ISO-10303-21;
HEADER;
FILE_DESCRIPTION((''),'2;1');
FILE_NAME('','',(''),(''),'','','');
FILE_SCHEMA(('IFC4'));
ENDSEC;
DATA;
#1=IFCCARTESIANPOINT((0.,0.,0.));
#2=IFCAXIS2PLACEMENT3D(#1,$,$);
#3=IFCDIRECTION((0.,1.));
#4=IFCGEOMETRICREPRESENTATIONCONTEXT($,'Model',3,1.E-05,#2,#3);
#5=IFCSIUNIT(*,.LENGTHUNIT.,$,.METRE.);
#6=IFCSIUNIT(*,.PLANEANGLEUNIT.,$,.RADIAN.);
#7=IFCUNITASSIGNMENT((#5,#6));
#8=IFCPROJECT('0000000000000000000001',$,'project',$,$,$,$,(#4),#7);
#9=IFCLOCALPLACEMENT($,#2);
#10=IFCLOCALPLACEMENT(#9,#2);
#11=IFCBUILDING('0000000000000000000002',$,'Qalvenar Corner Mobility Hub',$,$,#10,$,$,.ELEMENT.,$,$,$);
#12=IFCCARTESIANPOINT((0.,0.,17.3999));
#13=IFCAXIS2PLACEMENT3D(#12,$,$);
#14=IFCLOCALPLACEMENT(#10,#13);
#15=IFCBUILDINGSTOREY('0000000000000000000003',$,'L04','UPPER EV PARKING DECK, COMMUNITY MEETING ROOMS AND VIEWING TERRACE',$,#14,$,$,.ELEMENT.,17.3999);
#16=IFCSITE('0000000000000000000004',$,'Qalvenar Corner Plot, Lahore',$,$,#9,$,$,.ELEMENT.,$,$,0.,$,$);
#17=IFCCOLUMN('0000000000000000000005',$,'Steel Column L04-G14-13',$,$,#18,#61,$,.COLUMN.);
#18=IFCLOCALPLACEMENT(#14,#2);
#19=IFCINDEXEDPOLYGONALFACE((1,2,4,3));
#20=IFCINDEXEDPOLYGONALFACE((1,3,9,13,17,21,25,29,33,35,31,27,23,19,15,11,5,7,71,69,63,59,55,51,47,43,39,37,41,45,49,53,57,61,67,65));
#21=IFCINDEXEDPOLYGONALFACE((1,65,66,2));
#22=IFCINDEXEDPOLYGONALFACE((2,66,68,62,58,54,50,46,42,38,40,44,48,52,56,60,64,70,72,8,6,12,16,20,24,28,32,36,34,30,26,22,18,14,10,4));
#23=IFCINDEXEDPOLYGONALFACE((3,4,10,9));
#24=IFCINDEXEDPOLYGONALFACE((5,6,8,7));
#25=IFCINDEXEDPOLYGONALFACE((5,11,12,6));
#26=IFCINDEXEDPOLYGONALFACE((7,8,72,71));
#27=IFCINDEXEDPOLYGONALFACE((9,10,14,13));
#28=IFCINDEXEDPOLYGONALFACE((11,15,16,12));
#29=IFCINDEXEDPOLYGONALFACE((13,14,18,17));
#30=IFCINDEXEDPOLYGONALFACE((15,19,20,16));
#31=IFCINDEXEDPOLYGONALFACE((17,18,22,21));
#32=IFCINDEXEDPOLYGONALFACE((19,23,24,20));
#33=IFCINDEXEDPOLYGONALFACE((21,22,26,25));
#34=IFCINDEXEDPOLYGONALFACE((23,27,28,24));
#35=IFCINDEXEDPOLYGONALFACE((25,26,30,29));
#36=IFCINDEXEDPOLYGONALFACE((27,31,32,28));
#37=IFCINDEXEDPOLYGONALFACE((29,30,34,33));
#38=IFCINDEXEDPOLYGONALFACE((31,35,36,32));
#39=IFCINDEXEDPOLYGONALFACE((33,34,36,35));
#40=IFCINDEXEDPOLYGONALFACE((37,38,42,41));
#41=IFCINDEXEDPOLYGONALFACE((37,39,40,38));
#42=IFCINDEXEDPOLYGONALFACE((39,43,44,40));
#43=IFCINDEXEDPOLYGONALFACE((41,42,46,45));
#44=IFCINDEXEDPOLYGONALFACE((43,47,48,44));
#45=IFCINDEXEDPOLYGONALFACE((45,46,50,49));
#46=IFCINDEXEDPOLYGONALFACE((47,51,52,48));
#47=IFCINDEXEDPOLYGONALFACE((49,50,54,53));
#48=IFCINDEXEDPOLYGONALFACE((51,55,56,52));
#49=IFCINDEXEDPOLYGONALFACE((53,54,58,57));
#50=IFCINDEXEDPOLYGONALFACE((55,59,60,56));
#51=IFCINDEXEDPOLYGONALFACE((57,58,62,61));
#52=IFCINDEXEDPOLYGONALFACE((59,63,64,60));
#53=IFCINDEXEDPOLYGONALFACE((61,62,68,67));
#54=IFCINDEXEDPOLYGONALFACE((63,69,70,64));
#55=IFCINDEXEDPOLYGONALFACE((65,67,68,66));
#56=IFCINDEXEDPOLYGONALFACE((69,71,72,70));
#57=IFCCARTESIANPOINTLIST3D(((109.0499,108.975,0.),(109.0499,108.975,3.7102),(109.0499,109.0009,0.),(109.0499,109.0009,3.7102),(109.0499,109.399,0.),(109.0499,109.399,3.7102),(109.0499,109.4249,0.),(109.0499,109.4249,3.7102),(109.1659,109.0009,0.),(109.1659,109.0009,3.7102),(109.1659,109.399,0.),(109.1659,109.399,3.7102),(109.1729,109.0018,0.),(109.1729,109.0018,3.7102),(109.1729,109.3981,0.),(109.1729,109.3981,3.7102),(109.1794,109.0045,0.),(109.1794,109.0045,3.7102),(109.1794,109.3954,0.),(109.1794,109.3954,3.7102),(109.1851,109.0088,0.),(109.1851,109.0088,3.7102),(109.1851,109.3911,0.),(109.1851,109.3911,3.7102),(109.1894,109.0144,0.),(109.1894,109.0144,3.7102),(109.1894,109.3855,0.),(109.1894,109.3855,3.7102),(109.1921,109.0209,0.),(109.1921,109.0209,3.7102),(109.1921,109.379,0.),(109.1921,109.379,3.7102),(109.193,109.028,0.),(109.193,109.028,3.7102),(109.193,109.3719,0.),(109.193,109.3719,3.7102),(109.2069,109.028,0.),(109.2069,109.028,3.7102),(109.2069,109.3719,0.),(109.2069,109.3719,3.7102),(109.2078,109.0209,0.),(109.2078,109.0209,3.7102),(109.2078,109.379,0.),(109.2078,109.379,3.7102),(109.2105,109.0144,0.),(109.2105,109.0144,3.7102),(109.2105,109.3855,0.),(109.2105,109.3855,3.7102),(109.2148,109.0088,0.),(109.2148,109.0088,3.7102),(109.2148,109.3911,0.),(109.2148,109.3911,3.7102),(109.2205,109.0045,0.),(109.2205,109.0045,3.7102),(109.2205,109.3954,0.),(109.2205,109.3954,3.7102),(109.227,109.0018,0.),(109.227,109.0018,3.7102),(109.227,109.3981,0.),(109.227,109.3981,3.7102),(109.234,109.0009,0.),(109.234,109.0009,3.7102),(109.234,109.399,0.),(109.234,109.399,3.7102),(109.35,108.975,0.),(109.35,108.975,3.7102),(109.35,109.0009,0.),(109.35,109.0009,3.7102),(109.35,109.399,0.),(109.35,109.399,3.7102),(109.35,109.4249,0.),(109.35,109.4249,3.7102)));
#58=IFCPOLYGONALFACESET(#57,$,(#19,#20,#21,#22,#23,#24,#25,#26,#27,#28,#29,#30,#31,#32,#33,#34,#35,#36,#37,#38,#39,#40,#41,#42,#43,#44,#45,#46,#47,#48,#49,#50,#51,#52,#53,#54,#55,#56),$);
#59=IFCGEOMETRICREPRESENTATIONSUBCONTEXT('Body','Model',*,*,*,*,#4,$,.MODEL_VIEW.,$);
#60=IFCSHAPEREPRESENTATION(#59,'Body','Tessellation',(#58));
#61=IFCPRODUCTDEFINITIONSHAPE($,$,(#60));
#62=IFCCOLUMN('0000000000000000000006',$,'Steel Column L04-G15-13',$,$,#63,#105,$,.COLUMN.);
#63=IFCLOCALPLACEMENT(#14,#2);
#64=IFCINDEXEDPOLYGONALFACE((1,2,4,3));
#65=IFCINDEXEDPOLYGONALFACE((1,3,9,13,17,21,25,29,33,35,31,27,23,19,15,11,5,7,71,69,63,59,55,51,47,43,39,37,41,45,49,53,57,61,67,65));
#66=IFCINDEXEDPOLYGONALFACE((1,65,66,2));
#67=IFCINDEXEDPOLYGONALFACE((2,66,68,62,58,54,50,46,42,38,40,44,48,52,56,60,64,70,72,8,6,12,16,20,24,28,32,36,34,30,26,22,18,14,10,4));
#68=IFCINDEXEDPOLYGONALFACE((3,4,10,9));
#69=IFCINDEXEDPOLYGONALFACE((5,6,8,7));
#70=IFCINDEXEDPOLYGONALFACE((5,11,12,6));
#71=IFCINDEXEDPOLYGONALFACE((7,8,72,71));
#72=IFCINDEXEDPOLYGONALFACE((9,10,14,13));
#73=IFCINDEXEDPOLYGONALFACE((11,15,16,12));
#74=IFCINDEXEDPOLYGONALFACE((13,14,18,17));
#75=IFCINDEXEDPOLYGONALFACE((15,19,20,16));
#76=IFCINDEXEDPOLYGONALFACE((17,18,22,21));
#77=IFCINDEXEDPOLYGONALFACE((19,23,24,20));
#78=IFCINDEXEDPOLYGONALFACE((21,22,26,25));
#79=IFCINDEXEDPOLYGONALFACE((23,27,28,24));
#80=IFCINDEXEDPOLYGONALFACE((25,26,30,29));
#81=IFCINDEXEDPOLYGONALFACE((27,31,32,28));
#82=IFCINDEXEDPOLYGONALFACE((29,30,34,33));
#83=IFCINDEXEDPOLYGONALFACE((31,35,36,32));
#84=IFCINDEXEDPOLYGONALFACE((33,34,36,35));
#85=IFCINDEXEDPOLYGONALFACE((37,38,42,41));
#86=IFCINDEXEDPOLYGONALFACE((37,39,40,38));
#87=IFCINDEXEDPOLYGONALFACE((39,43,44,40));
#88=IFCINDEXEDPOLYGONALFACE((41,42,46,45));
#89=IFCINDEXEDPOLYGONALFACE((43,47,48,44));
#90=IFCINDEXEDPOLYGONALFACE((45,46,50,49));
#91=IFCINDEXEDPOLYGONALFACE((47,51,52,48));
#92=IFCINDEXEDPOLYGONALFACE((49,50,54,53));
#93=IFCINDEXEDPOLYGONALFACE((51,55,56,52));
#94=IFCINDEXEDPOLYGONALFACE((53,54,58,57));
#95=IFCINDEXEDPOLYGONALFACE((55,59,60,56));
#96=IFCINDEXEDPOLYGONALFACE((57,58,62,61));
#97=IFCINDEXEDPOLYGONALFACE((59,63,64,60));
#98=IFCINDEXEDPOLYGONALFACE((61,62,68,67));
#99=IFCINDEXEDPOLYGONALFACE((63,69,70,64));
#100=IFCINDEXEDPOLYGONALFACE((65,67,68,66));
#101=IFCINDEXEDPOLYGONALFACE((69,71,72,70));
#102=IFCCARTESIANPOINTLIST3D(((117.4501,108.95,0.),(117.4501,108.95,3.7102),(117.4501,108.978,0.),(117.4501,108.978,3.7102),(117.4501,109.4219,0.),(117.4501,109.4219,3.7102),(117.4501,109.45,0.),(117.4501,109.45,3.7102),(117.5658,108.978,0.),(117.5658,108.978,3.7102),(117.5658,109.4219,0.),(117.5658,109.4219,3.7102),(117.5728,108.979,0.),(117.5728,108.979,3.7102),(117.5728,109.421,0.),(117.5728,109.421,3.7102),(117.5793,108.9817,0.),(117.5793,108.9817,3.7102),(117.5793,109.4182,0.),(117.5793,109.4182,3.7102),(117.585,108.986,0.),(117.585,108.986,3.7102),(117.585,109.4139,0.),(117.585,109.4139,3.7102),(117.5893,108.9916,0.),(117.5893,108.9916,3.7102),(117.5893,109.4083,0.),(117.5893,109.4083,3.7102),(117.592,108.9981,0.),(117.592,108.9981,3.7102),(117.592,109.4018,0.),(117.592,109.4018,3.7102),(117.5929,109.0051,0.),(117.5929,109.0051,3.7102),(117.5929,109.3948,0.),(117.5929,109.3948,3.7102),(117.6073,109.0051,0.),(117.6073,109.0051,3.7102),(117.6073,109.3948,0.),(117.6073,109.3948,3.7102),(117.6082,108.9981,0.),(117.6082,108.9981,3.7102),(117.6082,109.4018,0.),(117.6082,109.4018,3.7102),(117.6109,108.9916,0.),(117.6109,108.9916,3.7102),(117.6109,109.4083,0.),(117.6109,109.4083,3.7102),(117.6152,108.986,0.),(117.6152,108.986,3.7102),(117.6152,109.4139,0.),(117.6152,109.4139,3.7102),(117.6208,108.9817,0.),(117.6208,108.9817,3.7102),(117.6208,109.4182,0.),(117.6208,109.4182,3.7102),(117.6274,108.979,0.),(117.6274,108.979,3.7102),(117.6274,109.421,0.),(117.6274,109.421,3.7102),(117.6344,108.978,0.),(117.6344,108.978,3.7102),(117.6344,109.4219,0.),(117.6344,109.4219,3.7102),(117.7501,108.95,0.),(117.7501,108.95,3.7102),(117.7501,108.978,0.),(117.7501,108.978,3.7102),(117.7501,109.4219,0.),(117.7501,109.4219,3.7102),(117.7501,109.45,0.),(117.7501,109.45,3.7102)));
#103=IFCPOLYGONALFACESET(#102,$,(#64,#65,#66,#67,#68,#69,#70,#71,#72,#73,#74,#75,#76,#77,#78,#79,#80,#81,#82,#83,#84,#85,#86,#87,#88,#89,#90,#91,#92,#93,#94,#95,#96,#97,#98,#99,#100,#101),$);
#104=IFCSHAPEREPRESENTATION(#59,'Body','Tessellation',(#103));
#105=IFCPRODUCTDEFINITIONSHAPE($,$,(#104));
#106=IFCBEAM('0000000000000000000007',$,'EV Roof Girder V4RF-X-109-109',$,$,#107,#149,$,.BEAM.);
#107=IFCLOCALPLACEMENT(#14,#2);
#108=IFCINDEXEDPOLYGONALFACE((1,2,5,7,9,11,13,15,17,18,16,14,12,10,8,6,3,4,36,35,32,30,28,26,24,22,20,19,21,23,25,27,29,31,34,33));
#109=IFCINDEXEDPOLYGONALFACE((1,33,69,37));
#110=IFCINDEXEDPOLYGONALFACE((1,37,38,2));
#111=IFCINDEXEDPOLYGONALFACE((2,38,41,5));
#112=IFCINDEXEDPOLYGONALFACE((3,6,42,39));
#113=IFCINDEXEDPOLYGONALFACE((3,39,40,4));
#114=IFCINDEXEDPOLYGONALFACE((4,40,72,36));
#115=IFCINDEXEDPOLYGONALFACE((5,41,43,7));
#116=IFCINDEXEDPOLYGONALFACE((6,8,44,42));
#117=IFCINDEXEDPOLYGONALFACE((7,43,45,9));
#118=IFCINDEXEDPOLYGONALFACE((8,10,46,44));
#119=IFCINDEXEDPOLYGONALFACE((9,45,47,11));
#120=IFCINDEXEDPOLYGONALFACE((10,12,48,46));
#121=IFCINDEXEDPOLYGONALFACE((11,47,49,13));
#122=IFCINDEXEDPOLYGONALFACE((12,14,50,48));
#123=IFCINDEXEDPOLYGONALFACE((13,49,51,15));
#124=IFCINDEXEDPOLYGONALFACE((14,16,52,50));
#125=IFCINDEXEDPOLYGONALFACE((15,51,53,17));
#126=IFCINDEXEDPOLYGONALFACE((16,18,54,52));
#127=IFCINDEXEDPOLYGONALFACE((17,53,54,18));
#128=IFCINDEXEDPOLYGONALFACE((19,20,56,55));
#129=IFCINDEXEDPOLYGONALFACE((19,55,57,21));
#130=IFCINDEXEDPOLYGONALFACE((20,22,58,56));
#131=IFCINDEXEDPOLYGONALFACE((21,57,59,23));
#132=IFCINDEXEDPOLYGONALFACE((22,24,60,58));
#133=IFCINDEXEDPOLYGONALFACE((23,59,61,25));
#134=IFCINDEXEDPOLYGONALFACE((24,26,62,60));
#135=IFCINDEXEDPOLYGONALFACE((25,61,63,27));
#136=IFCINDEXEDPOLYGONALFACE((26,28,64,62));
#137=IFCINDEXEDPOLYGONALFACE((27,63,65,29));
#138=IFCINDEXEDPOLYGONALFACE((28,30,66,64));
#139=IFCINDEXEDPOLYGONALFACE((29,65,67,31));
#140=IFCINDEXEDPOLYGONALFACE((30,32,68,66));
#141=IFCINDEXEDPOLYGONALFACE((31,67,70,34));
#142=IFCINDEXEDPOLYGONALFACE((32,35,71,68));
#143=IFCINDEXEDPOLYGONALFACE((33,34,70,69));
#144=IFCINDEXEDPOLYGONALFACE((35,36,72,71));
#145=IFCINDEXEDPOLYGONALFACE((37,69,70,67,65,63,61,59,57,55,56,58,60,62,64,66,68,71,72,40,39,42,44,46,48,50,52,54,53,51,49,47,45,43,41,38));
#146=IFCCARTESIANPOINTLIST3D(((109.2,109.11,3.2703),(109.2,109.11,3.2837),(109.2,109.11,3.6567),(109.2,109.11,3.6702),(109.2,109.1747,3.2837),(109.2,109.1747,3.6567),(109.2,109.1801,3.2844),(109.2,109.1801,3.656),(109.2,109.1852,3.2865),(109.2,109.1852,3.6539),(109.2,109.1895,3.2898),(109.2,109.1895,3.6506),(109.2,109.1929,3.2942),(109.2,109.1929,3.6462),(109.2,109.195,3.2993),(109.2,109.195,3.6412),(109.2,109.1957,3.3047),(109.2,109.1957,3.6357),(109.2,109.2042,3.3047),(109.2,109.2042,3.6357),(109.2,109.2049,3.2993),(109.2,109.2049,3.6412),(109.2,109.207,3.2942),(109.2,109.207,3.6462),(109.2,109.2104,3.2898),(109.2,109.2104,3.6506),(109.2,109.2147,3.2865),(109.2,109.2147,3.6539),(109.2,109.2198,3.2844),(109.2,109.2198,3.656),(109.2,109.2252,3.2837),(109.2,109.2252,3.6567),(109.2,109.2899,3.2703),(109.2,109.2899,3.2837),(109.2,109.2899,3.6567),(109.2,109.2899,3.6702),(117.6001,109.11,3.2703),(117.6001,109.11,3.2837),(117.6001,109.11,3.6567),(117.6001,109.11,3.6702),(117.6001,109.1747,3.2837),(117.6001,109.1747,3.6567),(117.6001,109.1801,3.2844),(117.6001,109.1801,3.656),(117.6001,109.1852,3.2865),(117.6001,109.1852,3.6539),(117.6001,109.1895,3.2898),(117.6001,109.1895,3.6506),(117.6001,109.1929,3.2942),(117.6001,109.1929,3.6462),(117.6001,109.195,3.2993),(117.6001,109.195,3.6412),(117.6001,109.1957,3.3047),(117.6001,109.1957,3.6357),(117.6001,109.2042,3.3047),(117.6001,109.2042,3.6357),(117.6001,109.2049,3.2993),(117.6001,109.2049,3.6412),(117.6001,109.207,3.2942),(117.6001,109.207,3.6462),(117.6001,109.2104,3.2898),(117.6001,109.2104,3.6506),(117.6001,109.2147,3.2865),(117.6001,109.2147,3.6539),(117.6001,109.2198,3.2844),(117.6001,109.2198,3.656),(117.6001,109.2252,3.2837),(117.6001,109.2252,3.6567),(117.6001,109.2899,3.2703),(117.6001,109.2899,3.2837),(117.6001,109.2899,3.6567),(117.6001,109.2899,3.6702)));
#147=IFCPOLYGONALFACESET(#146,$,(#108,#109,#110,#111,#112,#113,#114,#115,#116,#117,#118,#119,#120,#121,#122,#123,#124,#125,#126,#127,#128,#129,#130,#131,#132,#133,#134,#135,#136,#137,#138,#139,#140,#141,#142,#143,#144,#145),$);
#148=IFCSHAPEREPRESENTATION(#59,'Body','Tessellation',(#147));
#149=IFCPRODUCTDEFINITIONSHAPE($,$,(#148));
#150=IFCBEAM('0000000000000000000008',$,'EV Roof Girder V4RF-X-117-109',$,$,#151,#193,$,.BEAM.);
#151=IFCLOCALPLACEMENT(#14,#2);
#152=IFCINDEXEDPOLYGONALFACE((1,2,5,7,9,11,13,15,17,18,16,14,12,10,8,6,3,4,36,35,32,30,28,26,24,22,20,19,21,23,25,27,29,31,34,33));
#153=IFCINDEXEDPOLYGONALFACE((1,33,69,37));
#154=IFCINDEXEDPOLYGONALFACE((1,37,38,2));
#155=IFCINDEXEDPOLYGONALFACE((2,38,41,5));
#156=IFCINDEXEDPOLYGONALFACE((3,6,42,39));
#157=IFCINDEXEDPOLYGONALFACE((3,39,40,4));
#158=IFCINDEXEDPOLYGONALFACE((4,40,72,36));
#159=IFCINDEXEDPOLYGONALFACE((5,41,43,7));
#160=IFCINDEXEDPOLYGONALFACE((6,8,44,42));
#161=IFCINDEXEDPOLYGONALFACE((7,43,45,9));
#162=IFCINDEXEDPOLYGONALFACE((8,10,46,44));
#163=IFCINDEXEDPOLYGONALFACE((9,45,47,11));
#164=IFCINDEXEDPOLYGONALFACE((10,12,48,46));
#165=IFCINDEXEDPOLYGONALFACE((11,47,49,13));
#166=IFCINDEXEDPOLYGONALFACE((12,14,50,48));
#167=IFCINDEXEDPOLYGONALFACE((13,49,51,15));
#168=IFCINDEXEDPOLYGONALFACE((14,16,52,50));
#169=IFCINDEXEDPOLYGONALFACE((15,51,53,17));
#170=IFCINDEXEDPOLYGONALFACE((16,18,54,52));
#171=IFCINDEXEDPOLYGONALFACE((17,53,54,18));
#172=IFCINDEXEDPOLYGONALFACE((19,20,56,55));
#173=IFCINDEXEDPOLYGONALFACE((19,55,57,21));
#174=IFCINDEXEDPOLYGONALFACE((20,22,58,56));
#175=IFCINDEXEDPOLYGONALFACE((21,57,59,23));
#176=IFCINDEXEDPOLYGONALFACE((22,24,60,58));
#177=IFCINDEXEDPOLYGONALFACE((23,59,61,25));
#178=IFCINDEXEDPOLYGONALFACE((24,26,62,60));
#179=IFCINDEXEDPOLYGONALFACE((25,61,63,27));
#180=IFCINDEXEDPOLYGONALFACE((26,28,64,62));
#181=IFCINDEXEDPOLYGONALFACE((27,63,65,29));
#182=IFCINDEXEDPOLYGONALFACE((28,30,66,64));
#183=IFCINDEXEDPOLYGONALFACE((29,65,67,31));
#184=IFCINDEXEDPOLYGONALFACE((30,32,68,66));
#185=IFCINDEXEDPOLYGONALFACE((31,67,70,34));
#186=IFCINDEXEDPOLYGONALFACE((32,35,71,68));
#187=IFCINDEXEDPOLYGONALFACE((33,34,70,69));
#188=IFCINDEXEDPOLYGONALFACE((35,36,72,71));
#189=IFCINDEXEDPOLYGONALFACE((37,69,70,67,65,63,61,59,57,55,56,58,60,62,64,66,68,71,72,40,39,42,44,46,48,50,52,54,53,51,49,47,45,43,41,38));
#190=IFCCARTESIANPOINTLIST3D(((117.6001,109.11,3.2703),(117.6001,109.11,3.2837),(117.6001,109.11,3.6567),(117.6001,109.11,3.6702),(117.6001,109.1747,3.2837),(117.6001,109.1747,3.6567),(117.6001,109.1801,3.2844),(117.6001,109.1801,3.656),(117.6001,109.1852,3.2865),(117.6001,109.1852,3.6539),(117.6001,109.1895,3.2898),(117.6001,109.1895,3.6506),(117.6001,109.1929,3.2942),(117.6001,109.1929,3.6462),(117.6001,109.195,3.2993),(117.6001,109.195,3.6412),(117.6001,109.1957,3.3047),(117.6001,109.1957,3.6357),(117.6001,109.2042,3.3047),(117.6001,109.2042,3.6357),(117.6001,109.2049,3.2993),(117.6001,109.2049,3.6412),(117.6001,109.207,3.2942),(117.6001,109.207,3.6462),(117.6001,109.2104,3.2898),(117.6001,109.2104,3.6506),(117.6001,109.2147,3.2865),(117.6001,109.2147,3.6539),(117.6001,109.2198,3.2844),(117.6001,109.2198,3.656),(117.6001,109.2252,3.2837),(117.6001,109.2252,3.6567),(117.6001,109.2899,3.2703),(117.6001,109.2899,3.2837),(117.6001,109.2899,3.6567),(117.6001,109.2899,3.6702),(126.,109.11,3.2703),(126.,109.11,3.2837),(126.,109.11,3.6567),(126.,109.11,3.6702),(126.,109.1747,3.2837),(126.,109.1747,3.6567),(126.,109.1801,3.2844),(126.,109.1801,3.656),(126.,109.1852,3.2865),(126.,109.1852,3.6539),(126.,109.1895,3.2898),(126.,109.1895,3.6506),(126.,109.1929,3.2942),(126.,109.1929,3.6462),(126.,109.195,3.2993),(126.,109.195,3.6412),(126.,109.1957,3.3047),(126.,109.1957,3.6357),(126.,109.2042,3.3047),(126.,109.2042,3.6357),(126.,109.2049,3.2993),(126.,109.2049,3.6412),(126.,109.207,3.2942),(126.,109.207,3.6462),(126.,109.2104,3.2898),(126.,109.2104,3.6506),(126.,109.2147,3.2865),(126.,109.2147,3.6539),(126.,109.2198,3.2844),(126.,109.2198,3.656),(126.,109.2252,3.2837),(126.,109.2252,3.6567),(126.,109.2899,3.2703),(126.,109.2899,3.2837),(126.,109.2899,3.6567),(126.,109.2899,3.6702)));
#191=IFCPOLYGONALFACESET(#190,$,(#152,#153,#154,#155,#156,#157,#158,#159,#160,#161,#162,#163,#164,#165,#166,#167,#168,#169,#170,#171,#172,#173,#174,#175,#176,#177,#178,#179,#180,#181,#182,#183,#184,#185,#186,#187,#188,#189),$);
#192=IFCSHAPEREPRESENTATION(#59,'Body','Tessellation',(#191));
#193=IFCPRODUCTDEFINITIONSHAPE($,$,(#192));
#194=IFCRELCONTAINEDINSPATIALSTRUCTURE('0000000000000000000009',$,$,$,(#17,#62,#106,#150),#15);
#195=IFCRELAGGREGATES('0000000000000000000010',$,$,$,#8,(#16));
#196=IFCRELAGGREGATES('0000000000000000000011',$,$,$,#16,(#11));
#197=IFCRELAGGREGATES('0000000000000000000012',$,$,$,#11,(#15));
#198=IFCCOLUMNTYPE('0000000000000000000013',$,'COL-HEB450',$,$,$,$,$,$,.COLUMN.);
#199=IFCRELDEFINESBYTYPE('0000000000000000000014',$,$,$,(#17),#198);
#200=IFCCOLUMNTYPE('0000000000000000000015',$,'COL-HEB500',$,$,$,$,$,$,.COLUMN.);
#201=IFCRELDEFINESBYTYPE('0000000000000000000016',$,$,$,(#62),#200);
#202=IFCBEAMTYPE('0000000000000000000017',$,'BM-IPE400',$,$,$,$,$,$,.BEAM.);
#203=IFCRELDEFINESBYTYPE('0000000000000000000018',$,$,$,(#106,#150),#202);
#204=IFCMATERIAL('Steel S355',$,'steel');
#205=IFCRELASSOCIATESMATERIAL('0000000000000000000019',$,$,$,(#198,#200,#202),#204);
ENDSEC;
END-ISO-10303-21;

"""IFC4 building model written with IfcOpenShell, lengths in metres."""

from ifc_helpers import new_model, si_unit, direction, frame, origin, origin_2d, place, context, subcontext, project, spatial, i_section, extrude, material, material_profile, profile_set, type_object, element, save


model = new_model("IFC4")

# Units and contexts
model_context = context("Model", 3, precision=1e-05, world=origin(), true_north=direction((0.0, 1.0)))
body_context = subcontext(model_context, "Body", "Model", "MODEL_VIEW")
ifc_project = project(units=[si_unit("LENGTHUNIT", "METRE"), si_unit("PLANEANGLEUNIT", "RADIAN")], contexts=[model_context])

# Site, building, storey
site_placement = place(None, origin())
site = spatial("IfcSite", under=ifc_project, at=site_placement, Name="Qalvenar Corner Plot, Lahore", CompositionType="ELEMENT", RefElevation=0.0)
building_placement = place(site_placement, origin())
building = spatial("IfcBuilding", under=site, at=building_placement, Name="Qalvenar Corner Mobility Hub", CompositionType="ELEMENT")
storey_placement = place(building_placement, frame((0.0, 0.0, 17.3999)))
storey = spatial("IfcBuildingStorey", under=building, at=storey_placement, Name="L04", Description="UPPER EV PARKING DECK, COMMUNITY MEETING ROOMS AND VIEWING TERRACE", CompositionType="ELEMENT", Elevation=17.3999)

# Columns
ifc_material = material(Name="Steel S355", Category="steel")
ifc_material_profile_1 = material_profile(ifc_material, i_section(OverallWidth=0.3, OverallDepth=0.45, WebThickness=0.0139, FlangeThickness=0.0259, FilletRadius=0.0271, at=origin_2d()), Name="HEB450")
ifc_profile_set_1 = profile_set([ifc_material_profile_1], Name="Steel S355")
column_type_1 = type_object("IfcColumnType", Name="COL-HEB450", PredefinedType="COLUMN", material=ifc_profile_set_1)
column_1_placement = place(storey_placement, frame((109.2, 109.2, 0.0), z_axis=(0.0, 0.0, 1.0), x_axis=(1.0, 0.0, 0.0)))
element("IfcColumn", 1, at=column_1_placement, inside=storey, type_object=column_type_1, Name="Steel Column L04-G14-13", PredefinedType="COLUMN", context=body_context, shape_type="SweptSolid", body=[
    extrude(i_section(OverallWidth=0.3, OverallDepth=0.45, WebThickness=0.0139, FlangeThickness=0.0259, FilletRadius=0.0271, at=origin_2d()), origin(), (0.0, 0.0, 1.0), 3.7102),
])
ifc_material_profile_2 = material_profile(ifc_material, i_section(OverallWidth=0.3, OverallDepth=0.5, WebThickness=0.0144, FlangeThickness=0.0281, FilletRadius=0.0271, at=origin_2d()), Name="HEB500")
ifc_profile_set_2 = profile_set([ifc_material_profile_2], Name="Steel S355")
column_type_2 = type_object("IfcColumnType", Name="COL-HEB500", PredefinedType="COLUMN", material=ifc_profile_set_2)
column_2_placement = place(storey_placement, frame((117.6001, 109.2, 0.0), z_axis=(0.0, 0.0, 1.0), x_axis=(1.0, 0.0, 0.0)))
element("IfcColumn", 2, at=column_2_placement, inside=storey, type_object=column_type_2, Name="Steel Column L04-G15-13", PredefinedType="COLUMN", context=body_context, shape_type="SweptSolid", body=[
    extrude(i_section(OverallWidth=0.3, OverallDepth=0.5, WebThickness=0.0144, FlangeThickness=0.0281, FilletRadius=0.0271, at=origin_2d()), origin(), (0.0, 0.0, 1.0), 3.7102),
])

# Beams
ifc_material_profile_3 = material_profile(ifc_material, i_section(OverallWidth=0.1799, OverallDepth=0.3999, WebThickness=0.0085, FlangeThickness=0.0134, FilletRadius=0.021, at=origin_2d()), Name="IPE400")
ifc_profile_set_3 = profile_set([ifc_material_profile_3], Name="Steel S355")
beam_type_1 = type_object("IfcBeamType", Name="BM-IPE400", PredefinedType="BEAM", material=ifc_profile_set_3)
beam_1_placement = place(storey_placement, frame((109.2, 109.2, 3.4702), z_axis=(1.0, 0.0, 0.0), x_axis=(0.0, 1.0, 0.0)))
element("IfcBeam", 3, at=beam_1_placement, inside=storey, type_object=beam_type_1, Name="EV Roof Girder V4RF-X-109-109", PredefinedType="BEAM", context=body_context, shape_type="SweptSolid", body=[
    extrude(i_section(OverallWidth=0.1799, OverallDepth=0.3999, WebThickness=0.0085, FlangeThickness=0.0134, FilletRadius=0.021, at=origin_2d()), origin(), (0.0, 0.0, 1.0), 8.4001),
])
beam_2_placement = place(storey_placement, frame((117.6001, 109.2, 3.4702), z_axis=(1.0, 0.0, 0.0), x_axis=(0.0, 1.0, 0.0)))
element("IfcBeam", 4, at=beam_2_placement, inside=storey, type_object=beam_type_1, Name="EV Roof Girder V4RF-X-117-109", PredefinedType="BEAM", context=body_context, shape_type="SweptSolid", body=[
    extrude(i_section(OverallWidth=0.1799, OverallDepth=0.3999, WebThickness=0.0085, FlangeThickness=0.0134, FilletRadius=0.021, at=origin_2d()), origin(), (0.0, 0.0, 1.0), 8.3999),
])

save(model, "model.ifc")
